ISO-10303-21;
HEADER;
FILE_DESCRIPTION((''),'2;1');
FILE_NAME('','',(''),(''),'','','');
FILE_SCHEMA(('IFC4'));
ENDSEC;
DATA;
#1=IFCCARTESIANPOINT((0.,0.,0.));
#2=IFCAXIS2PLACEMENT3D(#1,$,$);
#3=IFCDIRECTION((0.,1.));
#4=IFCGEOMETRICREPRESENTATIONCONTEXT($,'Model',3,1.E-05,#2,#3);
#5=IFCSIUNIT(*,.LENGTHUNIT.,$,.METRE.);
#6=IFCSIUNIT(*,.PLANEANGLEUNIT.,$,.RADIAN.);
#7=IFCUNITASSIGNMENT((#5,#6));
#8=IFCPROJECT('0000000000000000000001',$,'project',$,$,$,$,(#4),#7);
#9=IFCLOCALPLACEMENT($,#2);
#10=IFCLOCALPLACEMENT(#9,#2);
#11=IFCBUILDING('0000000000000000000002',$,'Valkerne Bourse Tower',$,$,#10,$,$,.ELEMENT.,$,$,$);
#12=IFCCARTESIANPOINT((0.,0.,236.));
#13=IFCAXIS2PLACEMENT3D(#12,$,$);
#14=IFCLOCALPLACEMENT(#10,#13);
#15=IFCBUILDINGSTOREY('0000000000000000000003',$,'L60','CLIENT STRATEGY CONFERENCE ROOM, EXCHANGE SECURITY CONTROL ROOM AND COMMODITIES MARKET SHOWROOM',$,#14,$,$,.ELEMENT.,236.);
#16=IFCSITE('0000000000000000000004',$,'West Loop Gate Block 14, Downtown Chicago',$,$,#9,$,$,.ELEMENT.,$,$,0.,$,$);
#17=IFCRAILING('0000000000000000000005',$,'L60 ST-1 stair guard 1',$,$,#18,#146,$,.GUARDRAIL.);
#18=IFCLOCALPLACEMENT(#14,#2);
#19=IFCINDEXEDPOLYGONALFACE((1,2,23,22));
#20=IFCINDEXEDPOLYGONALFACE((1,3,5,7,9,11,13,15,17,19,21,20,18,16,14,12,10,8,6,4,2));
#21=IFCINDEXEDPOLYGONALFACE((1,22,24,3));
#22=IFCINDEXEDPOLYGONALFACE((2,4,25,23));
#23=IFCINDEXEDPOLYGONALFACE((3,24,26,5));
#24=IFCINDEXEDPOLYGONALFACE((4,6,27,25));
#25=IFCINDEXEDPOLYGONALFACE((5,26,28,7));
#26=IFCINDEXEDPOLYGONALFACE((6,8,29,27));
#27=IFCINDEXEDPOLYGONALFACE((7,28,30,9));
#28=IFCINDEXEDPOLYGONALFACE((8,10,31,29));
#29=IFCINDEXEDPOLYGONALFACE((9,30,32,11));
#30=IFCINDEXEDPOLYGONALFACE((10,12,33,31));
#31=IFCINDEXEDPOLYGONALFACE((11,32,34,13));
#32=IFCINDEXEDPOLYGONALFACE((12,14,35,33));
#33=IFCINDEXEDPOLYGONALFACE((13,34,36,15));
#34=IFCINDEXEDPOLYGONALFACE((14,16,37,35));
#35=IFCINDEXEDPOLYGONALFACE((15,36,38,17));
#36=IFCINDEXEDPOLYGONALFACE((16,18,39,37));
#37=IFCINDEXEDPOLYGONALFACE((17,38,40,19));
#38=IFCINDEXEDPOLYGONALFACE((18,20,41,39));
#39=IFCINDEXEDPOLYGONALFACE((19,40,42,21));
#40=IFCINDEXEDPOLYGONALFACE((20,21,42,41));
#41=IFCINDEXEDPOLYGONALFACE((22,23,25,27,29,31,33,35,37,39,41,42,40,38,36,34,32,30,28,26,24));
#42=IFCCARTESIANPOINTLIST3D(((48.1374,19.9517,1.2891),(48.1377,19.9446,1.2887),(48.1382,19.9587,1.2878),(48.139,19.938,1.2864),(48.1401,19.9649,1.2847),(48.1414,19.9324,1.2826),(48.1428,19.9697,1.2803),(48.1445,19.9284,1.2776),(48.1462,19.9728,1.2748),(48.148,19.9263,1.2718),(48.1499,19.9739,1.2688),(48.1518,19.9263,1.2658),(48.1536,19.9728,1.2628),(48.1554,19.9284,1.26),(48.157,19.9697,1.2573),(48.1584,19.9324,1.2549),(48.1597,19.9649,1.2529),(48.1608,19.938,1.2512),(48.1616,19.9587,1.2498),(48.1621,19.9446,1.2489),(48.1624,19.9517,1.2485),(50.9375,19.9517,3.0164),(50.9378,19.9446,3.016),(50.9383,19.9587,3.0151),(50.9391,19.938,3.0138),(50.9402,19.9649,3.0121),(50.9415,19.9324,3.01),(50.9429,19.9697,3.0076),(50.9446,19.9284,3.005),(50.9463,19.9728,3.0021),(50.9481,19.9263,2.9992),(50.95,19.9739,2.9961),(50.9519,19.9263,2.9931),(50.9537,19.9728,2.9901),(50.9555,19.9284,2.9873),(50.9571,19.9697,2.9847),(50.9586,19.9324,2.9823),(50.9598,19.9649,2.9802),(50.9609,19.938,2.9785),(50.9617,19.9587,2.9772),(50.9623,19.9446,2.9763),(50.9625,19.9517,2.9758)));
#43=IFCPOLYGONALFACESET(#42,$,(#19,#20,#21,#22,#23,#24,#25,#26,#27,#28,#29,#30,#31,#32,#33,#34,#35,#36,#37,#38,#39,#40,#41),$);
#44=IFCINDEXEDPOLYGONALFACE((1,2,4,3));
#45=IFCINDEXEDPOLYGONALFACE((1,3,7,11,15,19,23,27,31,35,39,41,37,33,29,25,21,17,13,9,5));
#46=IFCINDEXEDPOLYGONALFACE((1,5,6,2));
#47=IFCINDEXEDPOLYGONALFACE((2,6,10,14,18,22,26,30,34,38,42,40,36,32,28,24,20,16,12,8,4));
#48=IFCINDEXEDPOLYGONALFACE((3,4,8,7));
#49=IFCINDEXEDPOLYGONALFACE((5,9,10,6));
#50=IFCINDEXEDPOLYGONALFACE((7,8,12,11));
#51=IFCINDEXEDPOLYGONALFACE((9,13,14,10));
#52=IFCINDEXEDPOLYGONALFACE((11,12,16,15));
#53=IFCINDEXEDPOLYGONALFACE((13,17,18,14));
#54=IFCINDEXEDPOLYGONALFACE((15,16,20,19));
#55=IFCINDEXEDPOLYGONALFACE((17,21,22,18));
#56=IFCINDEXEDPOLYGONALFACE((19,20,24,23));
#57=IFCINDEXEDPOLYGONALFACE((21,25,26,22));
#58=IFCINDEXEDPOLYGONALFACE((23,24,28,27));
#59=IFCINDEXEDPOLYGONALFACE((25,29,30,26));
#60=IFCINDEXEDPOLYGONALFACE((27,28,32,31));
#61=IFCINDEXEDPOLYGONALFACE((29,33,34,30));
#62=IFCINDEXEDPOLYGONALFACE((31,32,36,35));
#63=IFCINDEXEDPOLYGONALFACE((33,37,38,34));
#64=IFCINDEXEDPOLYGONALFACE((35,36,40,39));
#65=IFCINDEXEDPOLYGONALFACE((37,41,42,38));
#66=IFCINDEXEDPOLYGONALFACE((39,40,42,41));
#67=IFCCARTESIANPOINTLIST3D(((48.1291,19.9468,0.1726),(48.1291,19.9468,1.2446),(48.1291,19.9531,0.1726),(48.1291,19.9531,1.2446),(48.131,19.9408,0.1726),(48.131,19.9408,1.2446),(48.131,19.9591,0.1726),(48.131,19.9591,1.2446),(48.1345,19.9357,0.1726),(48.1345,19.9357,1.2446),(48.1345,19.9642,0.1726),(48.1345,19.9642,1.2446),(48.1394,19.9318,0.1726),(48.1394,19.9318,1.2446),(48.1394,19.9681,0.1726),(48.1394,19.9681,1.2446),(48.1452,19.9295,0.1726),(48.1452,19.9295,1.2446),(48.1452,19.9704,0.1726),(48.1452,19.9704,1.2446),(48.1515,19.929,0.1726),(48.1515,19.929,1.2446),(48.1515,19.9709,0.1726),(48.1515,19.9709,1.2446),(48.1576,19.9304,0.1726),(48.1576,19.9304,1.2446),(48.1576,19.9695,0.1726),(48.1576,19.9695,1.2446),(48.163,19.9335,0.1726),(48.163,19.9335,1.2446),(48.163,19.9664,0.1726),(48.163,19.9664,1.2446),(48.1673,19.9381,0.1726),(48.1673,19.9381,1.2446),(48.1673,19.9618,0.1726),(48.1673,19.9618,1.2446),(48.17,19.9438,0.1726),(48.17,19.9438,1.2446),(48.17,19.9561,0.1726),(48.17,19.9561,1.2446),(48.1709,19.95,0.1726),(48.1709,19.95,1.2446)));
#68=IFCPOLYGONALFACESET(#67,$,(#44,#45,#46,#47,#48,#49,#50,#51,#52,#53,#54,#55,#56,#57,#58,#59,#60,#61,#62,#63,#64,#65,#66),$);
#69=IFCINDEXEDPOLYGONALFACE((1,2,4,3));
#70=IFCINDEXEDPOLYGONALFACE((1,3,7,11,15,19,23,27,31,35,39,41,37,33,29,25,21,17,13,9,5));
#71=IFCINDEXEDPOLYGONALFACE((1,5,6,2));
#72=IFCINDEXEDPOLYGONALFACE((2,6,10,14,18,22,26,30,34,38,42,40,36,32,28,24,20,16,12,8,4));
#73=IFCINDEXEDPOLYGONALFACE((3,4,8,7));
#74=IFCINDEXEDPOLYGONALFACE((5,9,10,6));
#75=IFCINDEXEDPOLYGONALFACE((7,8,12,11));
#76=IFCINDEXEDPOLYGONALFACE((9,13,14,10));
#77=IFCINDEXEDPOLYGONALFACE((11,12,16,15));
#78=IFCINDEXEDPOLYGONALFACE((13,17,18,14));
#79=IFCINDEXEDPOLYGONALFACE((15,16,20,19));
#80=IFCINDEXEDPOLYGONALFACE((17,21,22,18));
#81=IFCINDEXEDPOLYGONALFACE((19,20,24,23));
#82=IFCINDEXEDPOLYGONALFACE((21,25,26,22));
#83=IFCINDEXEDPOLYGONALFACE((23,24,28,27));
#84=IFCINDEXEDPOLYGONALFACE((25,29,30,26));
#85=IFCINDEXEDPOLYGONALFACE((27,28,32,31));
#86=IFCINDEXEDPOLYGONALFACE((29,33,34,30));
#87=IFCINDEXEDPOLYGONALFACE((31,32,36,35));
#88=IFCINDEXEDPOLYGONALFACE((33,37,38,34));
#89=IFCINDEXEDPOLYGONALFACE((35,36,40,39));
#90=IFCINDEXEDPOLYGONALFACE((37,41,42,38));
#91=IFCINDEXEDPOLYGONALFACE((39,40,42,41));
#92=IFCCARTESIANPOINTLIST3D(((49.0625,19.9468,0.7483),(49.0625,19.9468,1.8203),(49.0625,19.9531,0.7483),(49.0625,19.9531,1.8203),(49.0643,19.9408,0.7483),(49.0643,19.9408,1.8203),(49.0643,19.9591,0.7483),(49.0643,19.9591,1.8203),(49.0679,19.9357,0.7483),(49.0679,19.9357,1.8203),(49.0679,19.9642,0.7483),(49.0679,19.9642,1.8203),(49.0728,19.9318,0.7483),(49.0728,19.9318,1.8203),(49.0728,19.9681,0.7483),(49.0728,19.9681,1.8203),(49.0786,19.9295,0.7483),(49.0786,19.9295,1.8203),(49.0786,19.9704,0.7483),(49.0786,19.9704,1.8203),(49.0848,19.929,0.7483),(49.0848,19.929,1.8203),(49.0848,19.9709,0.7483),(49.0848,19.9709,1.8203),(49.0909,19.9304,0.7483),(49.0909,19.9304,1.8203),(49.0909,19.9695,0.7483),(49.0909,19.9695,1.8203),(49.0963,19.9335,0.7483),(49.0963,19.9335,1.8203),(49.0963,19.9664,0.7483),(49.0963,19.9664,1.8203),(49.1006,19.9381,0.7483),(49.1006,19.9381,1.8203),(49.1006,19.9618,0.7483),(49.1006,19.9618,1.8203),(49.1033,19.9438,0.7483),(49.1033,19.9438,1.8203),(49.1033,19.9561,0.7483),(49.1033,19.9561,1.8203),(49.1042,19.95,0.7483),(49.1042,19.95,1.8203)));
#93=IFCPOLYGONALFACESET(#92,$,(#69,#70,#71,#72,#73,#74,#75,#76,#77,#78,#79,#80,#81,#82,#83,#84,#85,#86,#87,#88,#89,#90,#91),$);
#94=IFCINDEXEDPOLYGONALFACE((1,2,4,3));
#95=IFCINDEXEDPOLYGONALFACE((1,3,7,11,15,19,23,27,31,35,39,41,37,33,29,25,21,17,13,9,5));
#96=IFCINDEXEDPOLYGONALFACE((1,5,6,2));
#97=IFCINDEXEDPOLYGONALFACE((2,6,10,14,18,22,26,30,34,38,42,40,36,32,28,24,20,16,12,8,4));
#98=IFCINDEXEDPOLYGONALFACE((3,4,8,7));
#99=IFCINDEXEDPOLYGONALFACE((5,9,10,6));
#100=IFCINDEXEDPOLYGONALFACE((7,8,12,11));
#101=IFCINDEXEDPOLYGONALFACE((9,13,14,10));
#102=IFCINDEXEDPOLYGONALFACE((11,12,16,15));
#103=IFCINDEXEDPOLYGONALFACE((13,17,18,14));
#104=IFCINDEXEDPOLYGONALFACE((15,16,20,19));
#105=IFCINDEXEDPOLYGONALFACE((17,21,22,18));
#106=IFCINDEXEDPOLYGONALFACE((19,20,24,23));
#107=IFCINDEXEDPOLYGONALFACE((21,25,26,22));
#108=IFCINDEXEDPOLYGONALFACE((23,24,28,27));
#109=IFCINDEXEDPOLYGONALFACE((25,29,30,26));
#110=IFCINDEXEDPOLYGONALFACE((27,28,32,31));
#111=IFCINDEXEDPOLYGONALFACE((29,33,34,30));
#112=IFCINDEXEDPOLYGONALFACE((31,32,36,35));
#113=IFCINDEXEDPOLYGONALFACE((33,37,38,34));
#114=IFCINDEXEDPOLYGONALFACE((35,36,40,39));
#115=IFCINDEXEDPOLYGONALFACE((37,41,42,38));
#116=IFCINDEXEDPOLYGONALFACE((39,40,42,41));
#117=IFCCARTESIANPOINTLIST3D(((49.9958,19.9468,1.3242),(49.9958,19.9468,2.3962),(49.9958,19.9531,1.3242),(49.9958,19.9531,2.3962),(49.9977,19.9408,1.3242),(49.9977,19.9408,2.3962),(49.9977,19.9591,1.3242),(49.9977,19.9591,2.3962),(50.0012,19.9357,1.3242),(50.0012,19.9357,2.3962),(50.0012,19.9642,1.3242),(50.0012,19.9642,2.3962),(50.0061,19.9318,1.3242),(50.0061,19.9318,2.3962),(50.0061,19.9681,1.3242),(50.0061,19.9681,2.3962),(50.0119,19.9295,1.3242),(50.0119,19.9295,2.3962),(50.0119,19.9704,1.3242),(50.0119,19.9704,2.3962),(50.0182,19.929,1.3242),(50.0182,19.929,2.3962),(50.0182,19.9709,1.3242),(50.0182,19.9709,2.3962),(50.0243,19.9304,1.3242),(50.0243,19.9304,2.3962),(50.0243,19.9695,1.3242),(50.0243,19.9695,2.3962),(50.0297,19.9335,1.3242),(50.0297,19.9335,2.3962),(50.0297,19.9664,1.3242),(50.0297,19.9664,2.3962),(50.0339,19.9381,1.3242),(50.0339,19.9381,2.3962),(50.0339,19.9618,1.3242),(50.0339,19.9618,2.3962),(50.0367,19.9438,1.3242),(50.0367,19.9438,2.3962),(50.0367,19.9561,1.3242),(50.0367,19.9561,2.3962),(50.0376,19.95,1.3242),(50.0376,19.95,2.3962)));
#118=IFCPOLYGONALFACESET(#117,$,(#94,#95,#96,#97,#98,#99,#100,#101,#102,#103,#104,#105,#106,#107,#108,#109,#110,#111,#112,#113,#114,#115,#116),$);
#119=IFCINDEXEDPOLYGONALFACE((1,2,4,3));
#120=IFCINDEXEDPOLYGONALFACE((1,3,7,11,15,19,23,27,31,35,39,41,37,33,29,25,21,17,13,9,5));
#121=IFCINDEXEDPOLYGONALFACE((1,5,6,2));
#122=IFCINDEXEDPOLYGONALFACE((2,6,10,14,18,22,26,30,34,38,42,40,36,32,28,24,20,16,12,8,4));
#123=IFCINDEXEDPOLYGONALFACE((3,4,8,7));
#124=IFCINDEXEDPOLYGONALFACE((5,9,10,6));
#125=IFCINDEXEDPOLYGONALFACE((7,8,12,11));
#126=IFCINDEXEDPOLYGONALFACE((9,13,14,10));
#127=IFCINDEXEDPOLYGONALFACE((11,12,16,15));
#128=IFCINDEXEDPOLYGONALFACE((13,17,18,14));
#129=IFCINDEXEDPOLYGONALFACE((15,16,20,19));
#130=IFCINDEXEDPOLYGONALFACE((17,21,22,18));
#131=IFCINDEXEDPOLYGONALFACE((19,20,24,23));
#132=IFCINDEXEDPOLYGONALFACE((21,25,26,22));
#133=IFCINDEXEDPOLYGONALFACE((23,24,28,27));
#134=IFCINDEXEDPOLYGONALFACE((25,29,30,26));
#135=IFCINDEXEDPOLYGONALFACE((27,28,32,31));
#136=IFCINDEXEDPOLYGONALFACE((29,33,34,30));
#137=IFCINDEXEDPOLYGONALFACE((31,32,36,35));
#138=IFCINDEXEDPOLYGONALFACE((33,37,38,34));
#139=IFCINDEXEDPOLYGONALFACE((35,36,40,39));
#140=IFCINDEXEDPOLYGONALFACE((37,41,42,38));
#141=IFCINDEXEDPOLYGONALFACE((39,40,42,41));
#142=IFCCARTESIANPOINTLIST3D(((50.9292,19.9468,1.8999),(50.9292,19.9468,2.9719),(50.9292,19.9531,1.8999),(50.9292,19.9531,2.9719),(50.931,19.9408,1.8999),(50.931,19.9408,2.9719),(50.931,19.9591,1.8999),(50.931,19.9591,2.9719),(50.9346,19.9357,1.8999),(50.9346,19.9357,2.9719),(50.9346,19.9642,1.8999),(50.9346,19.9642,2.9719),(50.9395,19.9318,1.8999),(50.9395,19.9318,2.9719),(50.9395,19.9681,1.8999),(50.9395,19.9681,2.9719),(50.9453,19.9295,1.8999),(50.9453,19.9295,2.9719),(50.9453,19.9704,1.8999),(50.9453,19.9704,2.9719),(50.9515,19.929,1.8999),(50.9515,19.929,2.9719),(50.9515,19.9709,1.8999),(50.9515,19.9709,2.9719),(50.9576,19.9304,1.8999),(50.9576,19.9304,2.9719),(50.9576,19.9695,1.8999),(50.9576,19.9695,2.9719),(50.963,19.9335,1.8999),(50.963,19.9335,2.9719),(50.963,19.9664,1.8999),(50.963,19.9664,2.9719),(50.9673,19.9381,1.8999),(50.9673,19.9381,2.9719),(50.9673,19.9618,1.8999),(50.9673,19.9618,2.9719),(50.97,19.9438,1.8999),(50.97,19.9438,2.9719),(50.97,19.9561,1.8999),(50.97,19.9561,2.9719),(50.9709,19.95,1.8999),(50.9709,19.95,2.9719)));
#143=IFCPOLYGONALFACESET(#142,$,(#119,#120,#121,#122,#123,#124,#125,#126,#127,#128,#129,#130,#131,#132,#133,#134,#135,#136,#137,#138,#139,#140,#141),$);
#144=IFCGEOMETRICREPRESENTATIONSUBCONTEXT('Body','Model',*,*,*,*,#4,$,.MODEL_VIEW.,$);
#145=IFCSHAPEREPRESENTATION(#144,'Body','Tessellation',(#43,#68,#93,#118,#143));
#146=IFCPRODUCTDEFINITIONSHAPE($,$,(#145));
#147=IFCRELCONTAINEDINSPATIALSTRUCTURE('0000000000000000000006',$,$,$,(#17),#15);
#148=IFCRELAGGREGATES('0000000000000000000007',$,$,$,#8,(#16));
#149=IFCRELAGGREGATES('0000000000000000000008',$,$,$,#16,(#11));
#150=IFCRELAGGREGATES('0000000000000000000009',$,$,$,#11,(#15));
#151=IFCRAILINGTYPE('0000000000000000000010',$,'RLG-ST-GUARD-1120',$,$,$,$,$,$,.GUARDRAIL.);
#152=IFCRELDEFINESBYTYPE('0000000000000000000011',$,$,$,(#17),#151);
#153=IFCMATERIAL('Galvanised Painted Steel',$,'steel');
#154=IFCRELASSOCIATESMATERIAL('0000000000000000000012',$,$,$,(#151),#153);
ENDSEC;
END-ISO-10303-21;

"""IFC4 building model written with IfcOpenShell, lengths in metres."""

from ifc_helpers import new_model, si_unit, direction, frame, origin, origin_2d, place, context, subcontext, project, spatial, circle, extrude, material, type_object, element, save


model = new_model("IFC4")

# Units and contexts
model_context = context("Model", 3, precision=1e-05, world=origin(), true_north=direction((0.0, 1.0)))
body_context = subcontext(model_context, "Body", "Model", "MODEL_VIEW")
ifc_project = project(units=[si_unit("LENGTHUNIT", "METRE"), si_unit("PLANEANGLEUNIT", "RADIAN")], contexts=[model_context])

# Site, building, storey
site_placement = place(None, origin())
site = spatial("IfcSite", under=ifc_project, at=site_placement, Name="West Loop Gate Block 14, Downtown Chicago", CompositionType="ELEMENT", RefElevation=0.0)
building_placement = place(site_placement, origin())
building = spatial("IfcBuilding", under=site, at=building_placement, Name="Valkerne Bourse Tower", CompositionType="ELEMENT")
storey_placement = place(building_placement, frame((0.0, 0.0, 236.0)))
storey = spatial("IfcBuildingStorey", under=building, at=storey_placement, Name="L60", Description="CLIENT STRATEGY CONFERENCE ROOM, EXCHANGE SECURITY CONTROL ROOM AND COMMODITIES MARKET SHOWROOM", CompositionType="ELEMENT", Elevation=236.0)

# Shared definitions
ifc_material_1 = material(Name="Galvanised Painted Steel", Category="steel")

# Railing
railing_type_1 = type_object("IfcRailingType", Name="RLG-ST-GUARD-1120", PredefinedType="GUARDRAIL", material=ifc_material_1)
railing_1_placement = place(storey_placement, frame((48.1499, 19.95, 0.1726)))
element("IfcRailing", 1, at=railing_1_placement, inside=storey, type_object=railing_type_1, Name="L60 ST-1 stair guard 1", PredefinedType="GUARDRAIL", context=body_context, shape_type="SweptSolid", body=[
    extrude(circle(Radius=0.0239, at=origin_2d()), frame((0.0, 0.0, 1.0962), z_axis=(0.85109, 0.0, 0.52502), x_axis=(0.0, 1.0, 0.0)), (0.0, 0.0, 1.0), 3.29),
    extrude(circle(Radius=0.021, at=origin_2d()), origin(), (0.0, 0.0, 1.0), 1.072),
    extrude(circle(Radius=0.021, at=origin_2d()), frame((0.9333, 0.0, 0.5757)), (0.0, 0.0, 1.0), 1.072),
    extrude(circle(Radius=0.021, at=origin_2d()), frame((1.8667, 0.0, 1.1516)), (0.0, 0.0, 1.0), 1.072),
    extrude(circle(Radius=0.021, at=origin_2d()), frame((2.8, 0.0, 1.7273)), (0.0, 0.0, 1.0), 1.072),
])

save(model, "model.ifc")
